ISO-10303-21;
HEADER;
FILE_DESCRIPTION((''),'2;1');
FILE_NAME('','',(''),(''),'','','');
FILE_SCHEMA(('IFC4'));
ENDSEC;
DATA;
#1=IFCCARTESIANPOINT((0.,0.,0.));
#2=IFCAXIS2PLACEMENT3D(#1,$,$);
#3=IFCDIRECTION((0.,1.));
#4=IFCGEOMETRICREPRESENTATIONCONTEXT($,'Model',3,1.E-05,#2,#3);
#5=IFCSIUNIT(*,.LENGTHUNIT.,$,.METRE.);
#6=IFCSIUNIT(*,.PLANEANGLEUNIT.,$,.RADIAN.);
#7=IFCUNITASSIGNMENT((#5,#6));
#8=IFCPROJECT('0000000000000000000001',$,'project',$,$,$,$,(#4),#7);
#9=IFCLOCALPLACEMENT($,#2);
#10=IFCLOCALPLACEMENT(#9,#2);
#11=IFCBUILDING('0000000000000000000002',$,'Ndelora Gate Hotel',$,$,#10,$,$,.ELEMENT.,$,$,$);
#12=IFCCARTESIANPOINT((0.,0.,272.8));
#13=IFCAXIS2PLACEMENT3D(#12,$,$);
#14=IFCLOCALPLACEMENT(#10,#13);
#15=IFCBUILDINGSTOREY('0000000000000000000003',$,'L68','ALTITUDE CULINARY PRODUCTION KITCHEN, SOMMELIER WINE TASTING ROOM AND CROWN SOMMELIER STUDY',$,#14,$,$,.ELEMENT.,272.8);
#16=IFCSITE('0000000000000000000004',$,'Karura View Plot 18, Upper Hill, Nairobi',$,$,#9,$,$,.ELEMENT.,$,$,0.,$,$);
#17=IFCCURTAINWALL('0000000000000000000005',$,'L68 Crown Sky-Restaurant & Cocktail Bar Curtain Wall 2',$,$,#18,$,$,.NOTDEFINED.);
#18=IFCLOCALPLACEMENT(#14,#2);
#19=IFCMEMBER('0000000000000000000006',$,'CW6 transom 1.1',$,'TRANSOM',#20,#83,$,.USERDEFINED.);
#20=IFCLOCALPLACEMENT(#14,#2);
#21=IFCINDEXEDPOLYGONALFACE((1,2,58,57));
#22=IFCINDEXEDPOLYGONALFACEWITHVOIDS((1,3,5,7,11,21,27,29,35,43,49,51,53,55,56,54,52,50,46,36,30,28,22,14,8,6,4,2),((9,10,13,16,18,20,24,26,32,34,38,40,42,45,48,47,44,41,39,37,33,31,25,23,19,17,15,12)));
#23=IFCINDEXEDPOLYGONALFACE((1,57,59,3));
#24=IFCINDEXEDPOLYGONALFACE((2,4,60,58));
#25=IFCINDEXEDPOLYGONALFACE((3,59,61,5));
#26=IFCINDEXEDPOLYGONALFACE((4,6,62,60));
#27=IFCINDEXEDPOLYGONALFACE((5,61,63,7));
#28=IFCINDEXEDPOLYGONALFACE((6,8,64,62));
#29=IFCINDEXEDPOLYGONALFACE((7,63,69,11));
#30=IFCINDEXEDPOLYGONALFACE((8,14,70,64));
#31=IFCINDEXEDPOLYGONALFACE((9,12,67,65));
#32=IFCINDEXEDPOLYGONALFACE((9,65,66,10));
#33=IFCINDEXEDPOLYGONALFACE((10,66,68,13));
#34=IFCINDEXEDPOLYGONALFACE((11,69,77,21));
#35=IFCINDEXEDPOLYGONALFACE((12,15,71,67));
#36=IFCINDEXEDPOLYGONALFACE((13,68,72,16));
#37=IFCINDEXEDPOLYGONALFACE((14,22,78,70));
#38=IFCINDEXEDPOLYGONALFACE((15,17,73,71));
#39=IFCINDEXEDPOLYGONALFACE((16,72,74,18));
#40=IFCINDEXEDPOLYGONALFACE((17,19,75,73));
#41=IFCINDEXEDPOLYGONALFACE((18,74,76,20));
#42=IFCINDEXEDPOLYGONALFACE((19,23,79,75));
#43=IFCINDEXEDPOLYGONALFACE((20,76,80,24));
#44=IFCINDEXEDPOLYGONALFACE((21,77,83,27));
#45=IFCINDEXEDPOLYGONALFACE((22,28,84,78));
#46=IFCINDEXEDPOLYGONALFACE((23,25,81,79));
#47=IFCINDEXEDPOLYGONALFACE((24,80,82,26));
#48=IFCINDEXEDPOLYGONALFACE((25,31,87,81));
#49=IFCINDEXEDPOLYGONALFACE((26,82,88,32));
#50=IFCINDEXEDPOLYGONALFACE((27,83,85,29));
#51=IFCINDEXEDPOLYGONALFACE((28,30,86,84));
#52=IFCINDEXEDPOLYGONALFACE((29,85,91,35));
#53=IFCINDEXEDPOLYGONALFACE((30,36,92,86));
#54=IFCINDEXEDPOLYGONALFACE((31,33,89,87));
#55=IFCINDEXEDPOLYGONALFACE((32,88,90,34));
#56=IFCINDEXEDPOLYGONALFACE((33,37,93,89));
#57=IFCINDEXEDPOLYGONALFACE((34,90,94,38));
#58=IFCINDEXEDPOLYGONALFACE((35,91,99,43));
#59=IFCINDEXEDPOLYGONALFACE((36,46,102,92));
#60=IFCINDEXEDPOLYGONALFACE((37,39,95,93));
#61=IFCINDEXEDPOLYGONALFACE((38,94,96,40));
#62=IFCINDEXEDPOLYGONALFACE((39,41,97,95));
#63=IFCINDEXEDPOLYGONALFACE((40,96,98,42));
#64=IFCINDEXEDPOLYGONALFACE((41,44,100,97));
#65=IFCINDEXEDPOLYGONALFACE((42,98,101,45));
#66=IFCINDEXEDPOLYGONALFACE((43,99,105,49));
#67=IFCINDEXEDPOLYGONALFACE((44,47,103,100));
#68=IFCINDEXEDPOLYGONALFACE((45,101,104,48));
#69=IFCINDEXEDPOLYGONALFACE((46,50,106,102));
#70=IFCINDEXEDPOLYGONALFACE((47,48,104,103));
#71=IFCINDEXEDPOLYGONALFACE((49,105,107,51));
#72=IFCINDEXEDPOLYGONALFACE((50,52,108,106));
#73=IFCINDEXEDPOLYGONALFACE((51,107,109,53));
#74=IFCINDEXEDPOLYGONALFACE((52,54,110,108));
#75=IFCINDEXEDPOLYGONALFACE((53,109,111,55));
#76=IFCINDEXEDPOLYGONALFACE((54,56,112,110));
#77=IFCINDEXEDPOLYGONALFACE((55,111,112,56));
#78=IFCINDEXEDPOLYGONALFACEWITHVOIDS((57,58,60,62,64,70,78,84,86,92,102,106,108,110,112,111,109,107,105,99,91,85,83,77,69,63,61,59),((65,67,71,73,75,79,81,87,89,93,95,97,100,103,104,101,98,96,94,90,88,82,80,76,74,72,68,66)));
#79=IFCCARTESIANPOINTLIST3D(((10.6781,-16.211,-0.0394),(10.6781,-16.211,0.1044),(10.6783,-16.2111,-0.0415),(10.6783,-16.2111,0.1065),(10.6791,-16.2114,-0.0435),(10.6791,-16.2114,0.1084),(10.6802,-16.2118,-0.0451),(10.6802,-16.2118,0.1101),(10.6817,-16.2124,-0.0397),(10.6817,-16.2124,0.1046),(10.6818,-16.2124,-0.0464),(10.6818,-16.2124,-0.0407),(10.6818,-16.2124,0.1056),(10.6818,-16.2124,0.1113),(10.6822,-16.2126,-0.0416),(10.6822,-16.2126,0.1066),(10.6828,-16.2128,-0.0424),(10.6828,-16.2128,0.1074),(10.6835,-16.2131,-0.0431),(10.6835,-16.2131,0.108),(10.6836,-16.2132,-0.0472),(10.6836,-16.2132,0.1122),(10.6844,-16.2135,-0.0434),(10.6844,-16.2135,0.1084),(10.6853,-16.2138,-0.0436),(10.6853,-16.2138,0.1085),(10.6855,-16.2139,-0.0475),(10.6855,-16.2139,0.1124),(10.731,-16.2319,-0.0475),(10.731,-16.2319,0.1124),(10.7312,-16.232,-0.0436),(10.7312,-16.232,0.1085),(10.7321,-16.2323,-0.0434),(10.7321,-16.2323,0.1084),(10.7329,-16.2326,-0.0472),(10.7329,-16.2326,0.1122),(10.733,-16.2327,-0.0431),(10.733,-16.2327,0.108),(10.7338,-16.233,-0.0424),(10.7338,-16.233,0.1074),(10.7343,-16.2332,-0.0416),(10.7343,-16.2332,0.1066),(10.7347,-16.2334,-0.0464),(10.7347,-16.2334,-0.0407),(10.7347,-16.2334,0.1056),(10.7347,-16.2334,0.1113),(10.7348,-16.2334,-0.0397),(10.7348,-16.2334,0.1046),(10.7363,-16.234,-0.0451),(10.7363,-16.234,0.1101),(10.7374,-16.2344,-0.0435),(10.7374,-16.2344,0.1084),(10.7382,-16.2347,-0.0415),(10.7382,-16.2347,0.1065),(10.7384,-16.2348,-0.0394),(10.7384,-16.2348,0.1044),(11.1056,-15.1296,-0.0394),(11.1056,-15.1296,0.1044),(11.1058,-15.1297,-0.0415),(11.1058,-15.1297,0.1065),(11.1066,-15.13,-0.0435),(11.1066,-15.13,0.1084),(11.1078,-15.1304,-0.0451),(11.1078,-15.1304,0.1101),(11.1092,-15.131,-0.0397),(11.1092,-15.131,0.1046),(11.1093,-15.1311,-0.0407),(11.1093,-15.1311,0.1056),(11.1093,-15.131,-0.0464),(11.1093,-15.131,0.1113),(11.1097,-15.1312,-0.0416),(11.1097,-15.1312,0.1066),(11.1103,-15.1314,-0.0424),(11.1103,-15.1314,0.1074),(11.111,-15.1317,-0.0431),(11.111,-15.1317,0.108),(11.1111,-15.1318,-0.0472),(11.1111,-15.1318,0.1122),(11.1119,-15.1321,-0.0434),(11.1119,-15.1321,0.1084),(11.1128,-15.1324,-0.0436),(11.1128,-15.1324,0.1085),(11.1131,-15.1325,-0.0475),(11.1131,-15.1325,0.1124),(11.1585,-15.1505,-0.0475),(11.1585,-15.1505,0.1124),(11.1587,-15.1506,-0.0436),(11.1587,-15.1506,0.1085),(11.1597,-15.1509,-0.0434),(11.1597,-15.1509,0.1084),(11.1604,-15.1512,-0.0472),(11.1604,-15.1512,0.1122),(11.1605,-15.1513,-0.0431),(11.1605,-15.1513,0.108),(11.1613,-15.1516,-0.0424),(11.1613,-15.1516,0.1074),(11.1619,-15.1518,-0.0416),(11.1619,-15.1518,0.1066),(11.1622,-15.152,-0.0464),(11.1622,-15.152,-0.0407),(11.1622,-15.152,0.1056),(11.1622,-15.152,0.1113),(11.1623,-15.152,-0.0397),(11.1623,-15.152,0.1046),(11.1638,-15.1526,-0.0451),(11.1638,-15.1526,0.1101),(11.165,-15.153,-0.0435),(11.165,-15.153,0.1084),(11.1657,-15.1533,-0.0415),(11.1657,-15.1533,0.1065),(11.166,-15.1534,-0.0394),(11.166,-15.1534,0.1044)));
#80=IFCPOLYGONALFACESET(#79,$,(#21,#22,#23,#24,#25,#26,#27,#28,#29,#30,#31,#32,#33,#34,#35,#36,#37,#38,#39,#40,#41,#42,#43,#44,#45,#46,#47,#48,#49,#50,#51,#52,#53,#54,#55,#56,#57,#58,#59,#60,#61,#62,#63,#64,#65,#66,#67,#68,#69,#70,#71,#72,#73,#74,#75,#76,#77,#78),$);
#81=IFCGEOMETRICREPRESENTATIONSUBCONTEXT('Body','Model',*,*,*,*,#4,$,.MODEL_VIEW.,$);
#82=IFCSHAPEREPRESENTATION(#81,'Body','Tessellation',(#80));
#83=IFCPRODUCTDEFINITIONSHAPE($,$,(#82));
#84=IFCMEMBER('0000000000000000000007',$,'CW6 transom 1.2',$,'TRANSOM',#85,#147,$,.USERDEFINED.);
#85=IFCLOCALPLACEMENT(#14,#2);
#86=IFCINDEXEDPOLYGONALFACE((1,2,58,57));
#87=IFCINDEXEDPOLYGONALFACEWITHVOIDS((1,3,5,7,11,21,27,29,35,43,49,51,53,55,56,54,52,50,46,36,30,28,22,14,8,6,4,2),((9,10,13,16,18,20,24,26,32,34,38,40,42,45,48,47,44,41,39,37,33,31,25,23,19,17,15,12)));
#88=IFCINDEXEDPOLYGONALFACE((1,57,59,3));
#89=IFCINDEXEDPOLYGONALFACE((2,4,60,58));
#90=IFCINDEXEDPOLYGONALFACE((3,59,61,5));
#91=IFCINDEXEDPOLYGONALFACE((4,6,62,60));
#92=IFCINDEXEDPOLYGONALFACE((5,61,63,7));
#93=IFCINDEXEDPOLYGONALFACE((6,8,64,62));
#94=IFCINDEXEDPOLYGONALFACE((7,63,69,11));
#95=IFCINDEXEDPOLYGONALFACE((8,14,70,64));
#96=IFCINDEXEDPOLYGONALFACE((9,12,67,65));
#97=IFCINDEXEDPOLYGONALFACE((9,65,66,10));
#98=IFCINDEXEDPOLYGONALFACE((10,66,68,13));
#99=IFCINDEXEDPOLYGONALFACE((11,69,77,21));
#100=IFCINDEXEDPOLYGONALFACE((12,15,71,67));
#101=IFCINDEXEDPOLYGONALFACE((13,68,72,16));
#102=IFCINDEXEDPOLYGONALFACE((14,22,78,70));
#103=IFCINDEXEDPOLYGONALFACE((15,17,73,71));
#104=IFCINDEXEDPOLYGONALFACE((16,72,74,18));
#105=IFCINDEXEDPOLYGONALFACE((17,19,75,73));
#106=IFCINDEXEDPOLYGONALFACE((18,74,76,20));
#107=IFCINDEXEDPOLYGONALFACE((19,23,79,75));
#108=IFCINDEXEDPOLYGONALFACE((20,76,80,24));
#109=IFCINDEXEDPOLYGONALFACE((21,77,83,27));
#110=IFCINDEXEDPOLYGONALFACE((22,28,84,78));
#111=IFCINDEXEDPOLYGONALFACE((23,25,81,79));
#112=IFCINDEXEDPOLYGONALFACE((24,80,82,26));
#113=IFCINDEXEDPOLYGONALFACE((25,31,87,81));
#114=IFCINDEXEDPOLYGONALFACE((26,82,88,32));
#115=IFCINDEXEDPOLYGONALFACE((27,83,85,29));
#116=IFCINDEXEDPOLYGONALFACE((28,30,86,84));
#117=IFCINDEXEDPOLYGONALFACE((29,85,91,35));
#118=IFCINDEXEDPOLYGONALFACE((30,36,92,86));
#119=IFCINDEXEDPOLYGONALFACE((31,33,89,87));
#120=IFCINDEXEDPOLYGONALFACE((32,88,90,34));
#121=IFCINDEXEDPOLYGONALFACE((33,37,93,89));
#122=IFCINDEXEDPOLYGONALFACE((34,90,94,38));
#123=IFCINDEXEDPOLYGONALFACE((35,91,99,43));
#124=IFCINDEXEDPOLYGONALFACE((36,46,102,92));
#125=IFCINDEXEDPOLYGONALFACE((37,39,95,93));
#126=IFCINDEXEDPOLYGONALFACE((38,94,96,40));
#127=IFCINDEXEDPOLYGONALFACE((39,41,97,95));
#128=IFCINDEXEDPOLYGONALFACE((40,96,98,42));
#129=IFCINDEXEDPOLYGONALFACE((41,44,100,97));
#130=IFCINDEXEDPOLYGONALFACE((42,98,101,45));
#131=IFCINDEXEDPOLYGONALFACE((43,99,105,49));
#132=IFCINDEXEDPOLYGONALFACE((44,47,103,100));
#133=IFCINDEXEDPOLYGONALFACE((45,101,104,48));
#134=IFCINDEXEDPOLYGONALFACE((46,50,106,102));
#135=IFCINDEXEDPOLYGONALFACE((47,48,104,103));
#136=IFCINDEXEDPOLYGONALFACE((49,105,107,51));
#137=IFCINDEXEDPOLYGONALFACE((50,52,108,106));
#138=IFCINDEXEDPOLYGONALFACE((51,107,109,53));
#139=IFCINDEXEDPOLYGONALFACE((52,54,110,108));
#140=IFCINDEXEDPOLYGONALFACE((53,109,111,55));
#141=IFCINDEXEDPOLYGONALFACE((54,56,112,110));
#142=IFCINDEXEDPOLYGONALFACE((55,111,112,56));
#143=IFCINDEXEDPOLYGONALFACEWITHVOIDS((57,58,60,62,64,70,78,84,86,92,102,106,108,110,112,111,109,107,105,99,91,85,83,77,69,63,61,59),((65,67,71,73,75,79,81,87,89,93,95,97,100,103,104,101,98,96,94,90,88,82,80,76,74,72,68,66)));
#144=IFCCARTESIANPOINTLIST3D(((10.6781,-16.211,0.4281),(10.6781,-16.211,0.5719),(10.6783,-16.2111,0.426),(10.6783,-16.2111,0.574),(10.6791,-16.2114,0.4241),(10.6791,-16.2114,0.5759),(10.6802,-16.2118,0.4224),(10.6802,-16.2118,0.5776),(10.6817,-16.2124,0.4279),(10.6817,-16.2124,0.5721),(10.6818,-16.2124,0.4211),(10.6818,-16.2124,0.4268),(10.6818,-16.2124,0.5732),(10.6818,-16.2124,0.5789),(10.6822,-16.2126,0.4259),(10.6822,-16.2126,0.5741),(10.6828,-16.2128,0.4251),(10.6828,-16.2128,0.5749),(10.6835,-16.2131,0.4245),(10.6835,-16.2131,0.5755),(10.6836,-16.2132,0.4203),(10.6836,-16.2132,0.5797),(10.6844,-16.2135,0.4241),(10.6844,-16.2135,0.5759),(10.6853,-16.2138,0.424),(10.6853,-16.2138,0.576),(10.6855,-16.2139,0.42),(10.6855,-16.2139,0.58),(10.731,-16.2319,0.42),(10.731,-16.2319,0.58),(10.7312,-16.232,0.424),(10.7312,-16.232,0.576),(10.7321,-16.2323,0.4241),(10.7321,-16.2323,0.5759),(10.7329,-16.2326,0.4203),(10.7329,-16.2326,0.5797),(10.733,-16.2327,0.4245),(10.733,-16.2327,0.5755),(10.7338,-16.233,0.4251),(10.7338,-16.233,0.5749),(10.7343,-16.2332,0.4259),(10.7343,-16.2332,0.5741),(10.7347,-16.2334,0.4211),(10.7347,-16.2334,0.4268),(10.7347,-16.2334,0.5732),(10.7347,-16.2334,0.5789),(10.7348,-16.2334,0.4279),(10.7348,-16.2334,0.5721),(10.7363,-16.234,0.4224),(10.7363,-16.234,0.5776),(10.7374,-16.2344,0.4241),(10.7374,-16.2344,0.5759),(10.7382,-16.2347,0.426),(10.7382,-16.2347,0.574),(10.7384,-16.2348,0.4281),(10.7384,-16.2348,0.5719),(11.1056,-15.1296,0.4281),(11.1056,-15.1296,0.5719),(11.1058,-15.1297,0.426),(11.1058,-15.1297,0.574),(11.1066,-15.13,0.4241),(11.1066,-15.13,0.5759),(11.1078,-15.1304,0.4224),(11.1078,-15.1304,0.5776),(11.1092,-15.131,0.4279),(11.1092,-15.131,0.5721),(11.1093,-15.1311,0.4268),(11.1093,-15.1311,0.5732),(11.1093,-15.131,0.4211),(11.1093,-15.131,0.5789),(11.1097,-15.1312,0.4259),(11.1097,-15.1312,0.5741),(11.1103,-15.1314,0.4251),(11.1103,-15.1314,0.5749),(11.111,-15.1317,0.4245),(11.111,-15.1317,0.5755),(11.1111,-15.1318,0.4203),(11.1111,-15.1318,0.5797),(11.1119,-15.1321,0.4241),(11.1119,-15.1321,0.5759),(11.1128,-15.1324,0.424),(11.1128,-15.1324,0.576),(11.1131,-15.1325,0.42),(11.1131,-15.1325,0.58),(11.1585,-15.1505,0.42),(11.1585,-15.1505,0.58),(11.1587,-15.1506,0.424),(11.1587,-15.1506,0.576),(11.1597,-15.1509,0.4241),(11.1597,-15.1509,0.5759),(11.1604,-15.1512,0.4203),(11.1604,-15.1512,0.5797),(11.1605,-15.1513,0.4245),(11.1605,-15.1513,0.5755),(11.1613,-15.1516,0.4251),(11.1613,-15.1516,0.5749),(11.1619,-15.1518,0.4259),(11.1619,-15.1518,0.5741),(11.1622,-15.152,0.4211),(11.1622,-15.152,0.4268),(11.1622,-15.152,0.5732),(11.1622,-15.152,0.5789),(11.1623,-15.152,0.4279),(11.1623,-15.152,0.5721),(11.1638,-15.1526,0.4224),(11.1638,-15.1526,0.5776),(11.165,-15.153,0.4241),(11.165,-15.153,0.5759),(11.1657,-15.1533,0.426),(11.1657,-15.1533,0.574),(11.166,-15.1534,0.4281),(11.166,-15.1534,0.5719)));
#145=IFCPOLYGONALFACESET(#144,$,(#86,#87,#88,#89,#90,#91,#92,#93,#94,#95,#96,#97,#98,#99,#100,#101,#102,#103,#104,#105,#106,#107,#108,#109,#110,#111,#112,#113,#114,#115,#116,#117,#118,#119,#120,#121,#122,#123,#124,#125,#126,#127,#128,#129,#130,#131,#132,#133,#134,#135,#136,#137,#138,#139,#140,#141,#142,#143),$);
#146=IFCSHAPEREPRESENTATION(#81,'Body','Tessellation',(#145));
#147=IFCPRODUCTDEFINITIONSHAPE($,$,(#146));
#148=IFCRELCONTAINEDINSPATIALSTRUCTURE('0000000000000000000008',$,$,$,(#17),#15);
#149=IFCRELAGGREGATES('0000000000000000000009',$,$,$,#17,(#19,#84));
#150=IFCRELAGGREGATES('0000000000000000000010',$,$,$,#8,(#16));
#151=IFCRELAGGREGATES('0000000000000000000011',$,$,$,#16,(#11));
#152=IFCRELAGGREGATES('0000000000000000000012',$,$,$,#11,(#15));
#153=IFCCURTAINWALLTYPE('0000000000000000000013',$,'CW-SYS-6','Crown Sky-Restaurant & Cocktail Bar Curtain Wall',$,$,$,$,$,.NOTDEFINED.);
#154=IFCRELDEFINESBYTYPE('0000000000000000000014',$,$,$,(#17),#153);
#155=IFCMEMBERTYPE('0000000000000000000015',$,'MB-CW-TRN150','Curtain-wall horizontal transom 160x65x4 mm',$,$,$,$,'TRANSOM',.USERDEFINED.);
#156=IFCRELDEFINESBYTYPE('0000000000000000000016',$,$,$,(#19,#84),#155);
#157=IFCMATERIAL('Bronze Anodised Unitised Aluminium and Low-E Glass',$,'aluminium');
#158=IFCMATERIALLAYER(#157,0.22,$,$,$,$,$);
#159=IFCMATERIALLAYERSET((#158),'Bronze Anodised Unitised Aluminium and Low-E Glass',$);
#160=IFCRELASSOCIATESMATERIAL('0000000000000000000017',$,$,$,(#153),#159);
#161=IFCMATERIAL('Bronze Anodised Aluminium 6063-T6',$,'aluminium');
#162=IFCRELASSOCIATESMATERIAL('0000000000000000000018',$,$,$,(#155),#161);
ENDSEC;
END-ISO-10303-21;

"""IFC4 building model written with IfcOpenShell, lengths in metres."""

from ifc_helpers import new_model, si_unit, direction, frame, origin, origin_2d, place, context, subcontext, project, spatial, hollow_rectangle, extrude, material, layer, layer_set, material_profile, profile_set, type_object, element, aggregate, save


model = new_model("IFC4")

# Units and contexts
model_context = context("Model", 3, precision=1e-05, world=origin(), true_north=direction((0.0, 1.0)))
body_context = subcontext(model_context, "Body", "Model", "MODEL_VIEW")
ifc_project = project(units=[si_unit("LENGTHUNIT", "METRE"), si_unit("PLANEANGLEUNIT", "RADIAN")], contexts=[model_context])

# Site, building, storey
site_placement = place(None, origin())
site = spatial("IfcSite", under=ifc_project, at=site_placement, Name="Karura View Plot 18, Upper Hill, Nairobi", CompositionType="ELEMENT", RefElevation=0.0)
building_placement = place(site_placement, origin())
building = spatial("IfcBuilding", under=site, at=building_placement, Name="Ndelora Gate Hotel", CompositionType="ELEMENT")
storey_placement = place(building_placement, frame((0.0, 0.0, 272.8)))
storey = spatial("IfcBuildingStorey", under=building, at=storey_placement, Name="L68", Description="ALTITUDE CULINARY PRODUCTION KITCHEN, SOMMELIER WINE TASTING ROOM AND CROWN SOMMELIER STUDY", CompositionType="ELEMENT", Elevation=272.8)

# Curtain wall, members
ifc_material_1 = material(Name="Bronze Anodised Unitised Aluminium and Low-E Glass", Category="aluminium")
ifc_layer_1 = layer(ifc_material_1, 0.22)
ifc_layer_set_1 = layer_set([ifc_layer_1], Name="Bronze Anodised Unitised Aluminium and Low-E Glass")
curtain_wall_type = type_object("IfcCurtainWallType", Name="CW-SYS-6", Description="Crown Sky-Restaurant & Cocktail Bar Curtain Wall", PredefinedType="NOTDEFINED", material=ifc_layer_set_1)
curtain_wall_placement = place(storey_placement, origin())
curtain_wall = element("IfcCurtainWall", 1, at=curtain_wall_placement, inside=storey, type_object=curtain_wall_type, Name="L68 Crown Sky-Restaurant & Cocktail Bar Curtain Wall 2", PredefinedType="NOTDEFINED")
ifc_material_2 = material(Name="Bronze Anodised Aluminium 6063-T6", Category="aluminium")
ifc_material_profile_1 = material_profile(ifc_material_2, hollow_rectangle(XDim=0.0649, YDim=0.1599, WallThickness=0.0039, InnerFilletRadius=0.0039, OuterFilletRadius=0.0081, at=origin_2d()), Name="ALU 160x65x4")
ifc_profile_set_1 = profile_set([ifc_material_profile_1], Name="Bronze Anodised Aluminium 6063-T6")
member_type_1 = type_object("IfcMemberType", Name="MB-CW-TRN150", Description="Curtain-wall horizontal transom 160x65x4 mm", ElementType="TRANSOM", PredefinedType="USERDEFINED", material=ifc_profile_set_1)
member_1_placement = place(storey_placement, frame((10.7083, -16.2229, 0.0325), z_axis=(0.367659, 0.929961, 0.0), x_axis=(-0.929961, 0.367659, 0.0)))
member_1 = element("IfcMember", 2, at=member_1_placement, type_object=member_type_1, Name="CW6 transom 1.1", ObjectType="TRANSOM", PredefinedType="USERDEFINED", context=body_context, shape_type="SweptSolid", body=[
    extrude(hollow_rectangle(XDim=0.0649, YDim=0.1599, WallThickness=0.0039, InnerFilletRadius=0.0039, OuterFilletRadius=0.0081, at=origin_2d()), origin(), (0.0, 0.0, 1.0), 1.1628),
])
member_2_placement = place(storey_placement, frame((10.7083, -16.2229, 0.5), z_axis=(0.367659, 0.929961, 0.0), x_axis=(-0.929961, 0.367659, 0.0)))
member_2 = element("IfcMember", 3, at=member_2_placement, type_object=member_type_1, Name="CW6 transom 1.2", ObjectType="TRANSOM", PredefinedType="USERDEFINED", context=body_context, shape_type="SweptSolid", body=[
    extrude(hollow_rectangle(XDim=0.0649, YDim=0.1599, WallThickness=0.0039, InnerFilletRadius=0.0039, OuterFilletRadius=0.0081, at=origin_2d()), origin(), (0.0, 0.0, 1.0), 1.1628),
])
aggregate(curtain_wall, [member_1, member_2])

save(model, "model.ifc")
